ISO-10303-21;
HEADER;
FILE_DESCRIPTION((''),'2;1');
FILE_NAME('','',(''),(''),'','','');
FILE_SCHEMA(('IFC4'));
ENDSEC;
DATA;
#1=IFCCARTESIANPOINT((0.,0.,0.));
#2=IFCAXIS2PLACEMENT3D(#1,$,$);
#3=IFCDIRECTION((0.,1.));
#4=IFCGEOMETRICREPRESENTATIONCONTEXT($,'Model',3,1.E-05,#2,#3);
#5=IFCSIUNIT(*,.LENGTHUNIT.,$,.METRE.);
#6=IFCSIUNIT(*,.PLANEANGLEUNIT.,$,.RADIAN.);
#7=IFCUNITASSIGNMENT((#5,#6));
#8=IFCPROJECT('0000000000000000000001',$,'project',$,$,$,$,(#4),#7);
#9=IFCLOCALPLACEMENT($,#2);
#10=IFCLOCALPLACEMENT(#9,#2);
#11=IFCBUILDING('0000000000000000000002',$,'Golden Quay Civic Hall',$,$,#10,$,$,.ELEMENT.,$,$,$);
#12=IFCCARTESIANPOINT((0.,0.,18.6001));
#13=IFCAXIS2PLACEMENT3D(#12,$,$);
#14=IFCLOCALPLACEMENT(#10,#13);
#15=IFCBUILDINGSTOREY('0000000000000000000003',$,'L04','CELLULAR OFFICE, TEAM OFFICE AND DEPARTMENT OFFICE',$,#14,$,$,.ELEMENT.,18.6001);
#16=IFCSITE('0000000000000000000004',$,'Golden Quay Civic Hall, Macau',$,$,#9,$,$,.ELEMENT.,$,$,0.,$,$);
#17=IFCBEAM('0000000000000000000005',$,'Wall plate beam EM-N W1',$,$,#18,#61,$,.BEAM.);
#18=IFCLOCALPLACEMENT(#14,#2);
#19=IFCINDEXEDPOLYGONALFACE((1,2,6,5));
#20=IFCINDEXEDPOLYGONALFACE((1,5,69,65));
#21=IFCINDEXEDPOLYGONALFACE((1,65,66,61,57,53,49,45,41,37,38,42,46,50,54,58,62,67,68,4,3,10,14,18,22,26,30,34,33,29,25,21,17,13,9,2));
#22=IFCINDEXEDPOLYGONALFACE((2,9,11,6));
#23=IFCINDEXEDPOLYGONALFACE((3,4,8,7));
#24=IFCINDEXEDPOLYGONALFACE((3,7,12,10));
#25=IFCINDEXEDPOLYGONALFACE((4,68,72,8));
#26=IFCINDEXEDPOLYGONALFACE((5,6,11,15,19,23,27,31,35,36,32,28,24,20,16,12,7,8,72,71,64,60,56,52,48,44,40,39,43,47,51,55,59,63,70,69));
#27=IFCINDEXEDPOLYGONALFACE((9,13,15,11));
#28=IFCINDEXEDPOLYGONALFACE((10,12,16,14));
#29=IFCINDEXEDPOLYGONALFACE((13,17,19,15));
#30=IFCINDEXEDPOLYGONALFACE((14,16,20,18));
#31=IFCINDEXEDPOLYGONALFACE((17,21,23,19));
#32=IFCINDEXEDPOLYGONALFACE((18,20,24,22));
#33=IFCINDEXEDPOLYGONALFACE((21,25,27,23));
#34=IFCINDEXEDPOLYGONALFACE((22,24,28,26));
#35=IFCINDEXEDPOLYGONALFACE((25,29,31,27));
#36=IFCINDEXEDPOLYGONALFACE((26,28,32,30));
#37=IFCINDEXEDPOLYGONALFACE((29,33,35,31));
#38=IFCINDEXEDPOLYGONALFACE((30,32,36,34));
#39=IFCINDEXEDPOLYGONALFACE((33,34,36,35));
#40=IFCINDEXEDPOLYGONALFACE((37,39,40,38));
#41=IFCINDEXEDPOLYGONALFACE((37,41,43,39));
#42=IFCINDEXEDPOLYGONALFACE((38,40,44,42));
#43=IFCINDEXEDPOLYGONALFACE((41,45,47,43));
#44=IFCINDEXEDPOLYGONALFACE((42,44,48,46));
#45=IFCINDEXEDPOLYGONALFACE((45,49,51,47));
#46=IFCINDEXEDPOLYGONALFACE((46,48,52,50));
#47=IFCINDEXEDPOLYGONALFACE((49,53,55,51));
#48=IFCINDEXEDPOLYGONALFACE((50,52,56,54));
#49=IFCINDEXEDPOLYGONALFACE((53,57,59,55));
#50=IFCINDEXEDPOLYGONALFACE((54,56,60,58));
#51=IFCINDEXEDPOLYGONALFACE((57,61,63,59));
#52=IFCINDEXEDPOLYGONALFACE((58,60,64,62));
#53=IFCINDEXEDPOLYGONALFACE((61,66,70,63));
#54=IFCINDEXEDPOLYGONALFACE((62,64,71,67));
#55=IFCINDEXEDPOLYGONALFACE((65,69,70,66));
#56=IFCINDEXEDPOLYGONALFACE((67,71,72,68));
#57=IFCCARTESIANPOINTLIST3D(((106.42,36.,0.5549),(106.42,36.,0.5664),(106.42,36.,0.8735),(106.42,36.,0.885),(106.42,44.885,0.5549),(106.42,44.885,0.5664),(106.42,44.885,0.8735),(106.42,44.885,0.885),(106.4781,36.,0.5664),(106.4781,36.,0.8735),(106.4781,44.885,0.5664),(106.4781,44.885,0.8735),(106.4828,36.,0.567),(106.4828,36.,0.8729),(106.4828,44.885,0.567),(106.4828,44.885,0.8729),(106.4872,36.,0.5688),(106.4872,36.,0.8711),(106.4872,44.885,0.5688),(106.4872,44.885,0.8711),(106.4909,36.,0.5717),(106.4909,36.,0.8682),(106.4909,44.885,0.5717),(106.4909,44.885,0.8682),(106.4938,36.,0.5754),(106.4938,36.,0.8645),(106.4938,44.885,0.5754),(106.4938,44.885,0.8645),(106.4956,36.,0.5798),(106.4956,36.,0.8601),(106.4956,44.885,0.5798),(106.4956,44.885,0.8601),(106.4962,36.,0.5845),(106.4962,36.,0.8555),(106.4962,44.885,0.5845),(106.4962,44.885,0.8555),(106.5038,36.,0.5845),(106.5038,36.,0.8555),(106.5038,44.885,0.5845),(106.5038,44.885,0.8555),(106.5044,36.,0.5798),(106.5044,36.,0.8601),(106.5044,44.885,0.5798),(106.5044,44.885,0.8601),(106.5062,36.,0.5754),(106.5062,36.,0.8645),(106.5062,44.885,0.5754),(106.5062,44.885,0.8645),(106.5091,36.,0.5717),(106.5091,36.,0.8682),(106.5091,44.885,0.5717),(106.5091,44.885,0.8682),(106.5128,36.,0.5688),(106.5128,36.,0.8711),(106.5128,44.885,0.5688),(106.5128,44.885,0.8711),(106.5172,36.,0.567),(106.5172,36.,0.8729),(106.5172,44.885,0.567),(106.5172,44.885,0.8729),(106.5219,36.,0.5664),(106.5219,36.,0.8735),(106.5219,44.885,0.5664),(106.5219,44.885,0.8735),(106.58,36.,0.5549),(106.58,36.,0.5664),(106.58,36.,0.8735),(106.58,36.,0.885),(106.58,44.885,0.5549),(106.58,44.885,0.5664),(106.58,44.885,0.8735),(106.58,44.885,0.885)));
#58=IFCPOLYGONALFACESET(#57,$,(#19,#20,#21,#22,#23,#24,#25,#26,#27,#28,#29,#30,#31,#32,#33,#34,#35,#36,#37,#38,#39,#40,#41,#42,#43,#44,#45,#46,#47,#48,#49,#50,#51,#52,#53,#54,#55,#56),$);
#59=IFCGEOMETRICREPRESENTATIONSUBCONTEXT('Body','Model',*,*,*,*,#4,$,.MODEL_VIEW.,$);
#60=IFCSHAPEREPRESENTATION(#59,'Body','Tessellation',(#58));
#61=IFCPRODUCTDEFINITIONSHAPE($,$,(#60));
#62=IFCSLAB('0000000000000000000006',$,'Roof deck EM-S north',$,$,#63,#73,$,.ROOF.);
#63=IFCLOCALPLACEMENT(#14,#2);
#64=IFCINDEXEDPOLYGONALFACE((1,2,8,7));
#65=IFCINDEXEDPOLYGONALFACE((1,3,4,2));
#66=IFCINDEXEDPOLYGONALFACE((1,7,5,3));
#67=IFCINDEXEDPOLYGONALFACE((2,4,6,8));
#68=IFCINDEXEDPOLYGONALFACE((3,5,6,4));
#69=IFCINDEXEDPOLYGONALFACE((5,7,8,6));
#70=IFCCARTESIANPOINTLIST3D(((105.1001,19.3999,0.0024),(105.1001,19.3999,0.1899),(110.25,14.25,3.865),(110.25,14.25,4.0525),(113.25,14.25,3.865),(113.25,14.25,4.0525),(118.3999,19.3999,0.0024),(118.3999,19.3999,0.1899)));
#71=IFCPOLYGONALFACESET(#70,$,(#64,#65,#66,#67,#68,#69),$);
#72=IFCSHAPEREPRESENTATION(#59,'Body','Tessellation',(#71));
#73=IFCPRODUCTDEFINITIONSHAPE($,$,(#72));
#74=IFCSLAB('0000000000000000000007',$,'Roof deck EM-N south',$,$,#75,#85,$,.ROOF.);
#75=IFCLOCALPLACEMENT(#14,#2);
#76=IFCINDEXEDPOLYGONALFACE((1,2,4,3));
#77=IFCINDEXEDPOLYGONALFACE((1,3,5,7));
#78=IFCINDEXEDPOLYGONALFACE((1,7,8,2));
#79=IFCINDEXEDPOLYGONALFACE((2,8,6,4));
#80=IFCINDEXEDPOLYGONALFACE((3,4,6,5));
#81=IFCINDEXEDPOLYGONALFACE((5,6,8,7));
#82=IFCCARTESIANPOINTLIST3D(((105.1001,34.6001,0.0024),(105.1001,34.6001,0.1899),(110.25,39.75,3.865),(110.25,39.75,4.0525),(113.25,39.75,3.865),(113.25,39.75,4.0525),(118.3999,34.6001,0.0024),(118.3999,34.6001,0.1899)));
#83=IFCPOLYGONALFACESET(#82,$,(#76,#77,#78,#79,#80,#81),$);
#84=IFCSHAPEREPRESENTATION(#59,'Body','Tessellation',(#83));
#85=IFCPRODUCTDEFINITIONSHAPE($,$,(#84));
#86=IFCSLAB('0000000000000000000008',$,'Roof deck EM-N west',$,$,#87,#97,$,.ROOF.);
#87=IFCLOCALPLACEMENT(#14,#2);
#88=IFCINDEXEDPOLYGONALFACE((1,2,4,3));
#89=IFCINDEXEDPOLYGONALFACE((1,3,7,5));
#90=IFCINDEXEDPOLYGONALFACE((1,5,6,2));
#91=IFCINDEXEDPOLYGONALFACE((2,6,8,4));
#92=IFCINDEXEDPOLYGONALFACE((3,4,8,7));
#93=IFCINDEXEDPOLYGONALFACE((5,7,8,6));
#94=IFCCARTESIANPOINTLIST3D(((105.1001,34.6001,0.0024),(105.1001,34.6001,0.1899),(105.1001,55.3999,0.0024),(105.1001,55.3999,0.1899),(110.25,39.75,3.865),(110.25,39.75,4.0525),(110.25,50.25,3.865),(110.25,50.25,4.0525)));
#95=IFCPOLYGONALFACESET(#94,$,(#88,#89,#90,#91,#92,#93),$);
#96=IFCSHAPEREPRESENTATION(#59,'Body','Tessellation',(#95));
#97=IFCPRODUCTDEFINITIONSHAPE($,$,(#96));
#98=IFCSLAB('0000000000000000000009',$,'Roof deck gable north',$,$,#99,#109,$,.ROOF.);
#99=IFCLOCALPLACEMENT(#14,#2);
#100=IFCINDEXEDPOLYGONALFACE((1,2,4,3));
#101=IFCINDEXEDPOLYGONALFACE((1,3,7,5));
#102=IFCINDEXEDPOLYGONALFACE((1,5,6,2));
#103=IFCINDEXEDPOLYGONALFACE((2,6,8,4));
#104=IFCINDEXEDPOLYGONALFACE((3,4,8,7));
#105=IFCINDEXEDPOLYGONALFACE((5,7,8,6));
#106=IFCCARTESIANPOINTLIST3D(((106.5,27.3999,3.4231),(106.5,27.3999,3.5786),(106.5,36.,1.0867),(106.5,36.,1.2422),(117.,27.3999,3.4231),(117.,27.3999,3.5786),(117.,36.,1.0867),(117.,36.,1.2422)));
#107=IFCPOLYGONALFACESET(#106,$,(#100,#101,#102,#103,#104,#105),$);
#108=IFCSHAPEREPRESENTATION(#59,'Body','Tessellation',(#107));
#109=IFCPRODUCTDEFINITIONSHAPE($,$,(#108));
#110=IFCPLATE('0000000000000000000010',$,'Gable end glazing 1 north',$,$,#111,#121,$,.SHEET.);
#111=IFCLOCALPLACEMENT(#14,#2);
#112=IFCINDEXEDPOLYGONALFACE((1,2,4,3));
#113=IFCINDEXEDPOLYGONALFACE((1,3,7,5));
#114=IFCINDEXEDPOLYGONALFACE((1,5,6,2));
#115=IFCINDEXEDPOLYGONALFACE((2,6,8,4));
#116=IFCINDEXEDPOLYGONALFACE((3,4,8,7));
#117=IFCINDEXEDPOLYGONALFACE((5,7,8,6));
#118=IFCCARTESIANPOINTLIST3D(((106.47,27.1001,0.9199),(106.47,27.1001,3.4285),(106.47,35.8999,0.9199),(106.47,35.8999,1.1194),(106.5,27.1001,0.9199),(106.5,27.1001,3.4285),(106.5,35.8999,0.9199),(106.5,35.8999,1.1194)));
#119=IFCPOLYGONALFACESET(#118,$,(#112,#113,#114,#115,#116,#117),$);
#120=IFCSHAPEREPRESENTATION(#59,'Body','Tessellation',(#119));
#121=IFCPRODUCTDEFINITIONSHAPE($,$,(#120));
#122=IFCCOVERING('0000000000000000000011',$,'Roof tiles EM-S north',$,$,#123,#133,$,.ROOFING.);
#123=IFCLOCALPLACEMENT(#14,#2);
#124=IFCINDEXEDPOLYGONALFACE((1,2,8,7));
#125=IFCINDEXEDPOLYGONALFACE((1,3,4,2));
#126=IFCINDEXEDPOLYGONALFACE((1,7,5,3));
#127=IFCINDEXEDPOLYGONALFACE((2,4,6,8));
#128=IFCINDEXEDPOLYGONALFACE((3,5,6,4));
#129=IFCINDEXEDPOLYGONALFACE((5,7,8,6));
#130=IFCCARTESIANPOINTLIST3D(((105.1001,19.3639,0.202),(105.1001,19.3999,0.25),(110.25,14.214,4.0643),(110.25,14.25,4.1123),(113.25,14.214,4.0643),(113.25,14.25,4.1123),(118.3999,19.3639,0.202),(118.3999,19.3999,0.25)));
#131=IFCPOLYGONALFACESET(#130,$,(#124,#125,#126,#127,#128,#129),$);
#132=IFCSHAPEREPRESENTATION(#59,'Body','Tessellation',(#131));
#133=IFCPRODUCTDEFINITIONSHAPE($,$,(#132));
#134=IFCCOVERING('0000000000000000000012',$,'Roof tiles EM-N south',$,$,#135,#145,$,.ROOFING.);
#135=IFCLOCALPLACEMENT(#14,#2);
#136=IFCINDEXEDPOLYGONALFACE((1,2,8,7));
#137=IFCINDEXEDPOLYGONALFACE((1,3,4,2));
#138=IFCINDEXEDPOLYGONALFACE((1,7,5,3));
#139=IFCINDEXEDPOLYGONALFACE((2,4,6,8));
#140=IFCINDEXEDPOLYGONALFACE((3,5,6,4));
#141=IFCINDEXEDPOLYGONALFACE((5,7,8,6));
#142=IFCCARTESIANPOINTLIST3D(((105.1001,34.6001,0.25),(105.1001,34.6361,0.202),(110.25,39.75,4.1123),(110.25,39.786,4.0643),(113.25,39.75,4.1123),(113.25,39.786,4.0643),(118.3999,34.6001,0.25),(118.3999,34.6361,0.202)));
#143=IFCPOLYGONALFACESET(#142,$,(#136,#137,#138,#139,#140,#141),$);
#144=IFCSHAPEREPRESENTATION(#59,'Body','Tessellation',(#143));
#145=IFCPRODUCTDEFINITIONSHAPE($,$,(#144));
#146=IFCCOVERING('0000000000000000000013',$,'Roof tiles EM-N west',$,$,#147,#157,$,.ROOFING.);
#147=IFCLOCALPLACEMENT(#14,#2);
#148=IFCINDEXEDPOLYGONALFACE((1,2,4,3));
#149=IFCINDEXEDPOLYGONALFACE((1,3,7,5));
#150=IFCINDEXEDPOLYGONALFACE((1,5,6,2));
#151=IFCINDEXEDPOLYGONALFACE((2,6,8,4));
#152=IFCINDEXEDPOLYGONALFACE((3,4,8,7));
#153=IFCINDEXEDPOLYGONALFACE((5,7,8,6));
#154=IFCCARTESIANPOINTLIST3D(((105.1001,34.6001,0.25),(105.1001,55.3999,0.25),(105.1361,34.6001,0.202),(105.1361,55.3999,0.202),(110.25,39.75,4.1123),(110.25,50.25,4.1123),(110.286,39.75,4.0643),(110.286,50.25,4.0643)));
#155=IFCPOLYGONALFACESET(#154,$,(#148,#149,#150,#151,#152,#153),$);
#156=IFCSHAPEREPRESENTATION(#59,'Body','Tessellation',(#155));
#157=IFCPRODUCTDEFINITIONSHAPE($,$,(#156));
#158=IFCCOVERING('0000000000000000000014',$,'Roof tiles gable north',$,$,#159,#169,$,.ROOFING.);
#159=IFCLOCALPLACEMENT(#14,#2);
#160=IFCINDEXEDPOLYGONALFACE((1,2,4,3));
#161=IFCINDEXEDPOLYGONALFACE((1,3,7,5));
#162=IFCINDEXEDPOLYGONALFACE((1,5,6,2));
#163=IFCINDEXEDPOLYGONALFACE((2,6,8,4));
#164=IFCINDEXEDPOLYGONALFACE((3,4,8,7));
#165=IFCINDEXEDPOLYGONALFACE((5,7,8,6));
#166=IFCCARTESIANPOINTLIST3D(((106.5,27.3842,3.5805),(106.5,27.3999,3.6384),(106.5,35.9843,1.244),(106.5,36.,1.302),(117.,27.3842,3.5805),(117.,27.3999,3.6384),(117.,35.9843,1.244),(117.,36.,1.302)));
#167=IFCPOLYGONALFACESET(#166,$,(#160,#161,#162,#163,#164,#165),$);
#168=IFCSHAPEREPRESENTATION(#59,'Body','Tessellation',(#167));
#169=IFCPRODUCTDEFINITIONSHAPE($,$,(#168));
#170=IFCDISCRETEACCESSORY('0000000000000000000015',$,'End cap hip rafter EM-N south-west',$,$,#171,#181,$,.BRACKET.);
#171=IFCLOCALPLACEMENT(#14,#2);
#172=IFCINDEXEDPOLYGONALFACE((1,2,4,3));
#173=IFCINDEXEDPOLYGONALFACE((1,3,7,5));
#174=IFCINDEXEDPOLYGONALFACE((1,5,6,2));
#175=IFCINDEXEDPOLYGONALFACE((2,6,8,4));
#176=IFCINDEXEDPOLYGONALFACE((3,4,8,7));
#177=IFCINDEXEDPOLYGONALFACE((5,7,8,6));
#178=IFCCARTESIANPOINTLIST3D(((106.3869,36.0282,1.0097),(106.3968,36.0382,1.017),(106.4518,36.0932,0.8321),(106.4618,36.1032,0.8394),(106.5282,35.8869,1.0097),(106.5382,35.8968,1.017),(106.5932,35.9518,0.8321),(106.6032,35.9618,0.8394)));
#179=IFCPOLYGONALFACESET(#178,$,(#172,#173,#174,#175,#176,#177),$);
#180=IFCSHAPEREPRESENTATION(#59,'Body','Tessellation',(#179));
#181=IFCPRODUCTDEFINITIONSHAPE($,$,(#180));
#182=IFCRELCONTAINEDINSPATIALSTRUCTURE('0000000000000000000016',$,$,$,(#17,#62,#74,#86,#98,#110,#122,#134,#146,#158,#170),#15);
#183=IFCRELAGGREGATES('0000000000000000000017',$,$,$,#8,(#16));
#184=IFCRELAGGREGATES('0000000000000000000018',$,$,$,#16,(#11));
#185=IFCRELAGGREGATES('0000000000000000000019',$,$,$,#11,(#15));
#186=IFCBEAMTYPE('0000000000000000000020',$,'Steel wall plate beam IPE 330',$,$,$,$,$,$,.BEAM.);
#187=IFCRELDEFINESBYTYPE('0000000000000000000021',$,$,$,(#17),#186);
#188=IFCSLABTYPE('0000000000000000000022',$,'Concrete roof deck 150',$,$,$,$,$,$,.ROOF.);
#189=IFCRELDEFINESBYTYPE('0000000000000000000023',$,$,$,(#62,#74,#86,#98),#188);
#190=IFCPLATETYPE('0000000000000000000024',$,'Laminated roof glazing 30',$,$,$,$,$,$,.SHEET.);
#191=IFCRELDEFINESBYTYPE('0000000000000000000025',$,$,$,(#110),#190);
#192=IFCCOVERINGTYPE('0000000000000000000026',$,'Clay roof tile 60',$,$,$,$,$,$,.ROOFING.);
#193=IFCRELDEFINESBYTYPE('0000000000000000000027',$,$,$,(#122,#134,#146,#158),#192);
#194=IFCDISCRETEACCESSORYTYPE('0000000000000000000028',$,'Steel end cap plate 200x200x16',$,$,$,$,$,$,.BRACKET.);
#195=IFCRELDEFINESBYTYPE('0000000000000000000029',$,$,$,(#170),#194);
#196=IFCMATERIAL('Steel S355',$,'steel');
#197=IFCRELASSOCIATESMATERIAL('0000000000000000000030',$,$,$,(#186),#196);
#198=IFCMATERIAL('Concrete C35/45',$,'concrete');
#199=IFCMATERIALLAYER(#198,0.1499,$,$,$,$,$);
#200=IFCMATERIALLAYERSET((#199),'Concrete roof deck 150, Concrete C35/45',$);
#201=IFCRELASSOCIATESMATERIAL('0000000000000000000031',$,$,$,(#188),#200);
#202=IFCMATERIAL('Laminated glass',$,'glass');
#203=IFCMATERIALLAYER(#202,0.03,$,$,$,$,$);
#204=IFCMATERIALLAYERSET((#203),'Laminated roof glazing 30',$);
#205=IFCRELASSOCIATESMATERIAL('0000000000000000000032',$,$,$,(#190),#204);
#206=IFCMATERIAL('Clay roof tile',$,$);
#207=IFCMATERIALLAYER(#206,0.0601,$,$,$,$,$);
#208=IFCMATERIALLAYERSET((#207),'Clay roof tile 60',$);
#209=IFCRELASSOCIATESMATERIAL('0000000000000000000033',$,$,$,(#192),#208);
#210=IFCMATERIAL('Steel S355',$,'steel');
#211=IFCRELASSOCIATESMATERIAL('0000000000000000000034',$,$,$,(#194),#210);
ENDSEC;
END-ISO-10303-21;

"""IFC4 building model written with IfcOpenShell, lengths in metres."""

from ifc_helpers import new_model, si_unit, direction, frame, origin, origin_2d, place, context, subcontext, project, spatial, polyline, rectangle, i_section, outline, extrude, material, layer, layer_set, material_profile, profile_set, type_object, element, save


model = new_model("IFC4")

# Units and contexts
model_context = context("Model", 3, precision=1e-05, world=origin(), true_north=direction((0.0, 1.0)))
body_context = subcontext(model_context, "Body", "Model", "MODEL_VIEW")
ifc_project = project(units=[si_unit("LENGTHUNIT", "METRE"), si_unit("PLANEANGLEUNIT", "RADIAN")], contexts=[model_context])

# Site, building, storey
site_placement = place(None, origin())
site = spatial("IfcSite", under=ifc_project, at=site_placement, Name="Golden Quay Civic Hall, Macau", CompositionType="ELEMENT", RefElevation=0.0)
building_placement = place(site_placement, origin())
building = spatial("IfcBuilding", under=site, at=building_placement, Name="Golden Quay Civic Hall", CompositionType="ELEMENT")
storey_placement = place(building_placement, frame((0.0, 0.0, 18.6001)))
storey = spatial("IfcBuildingStorey", under=building, at=storey_placement, Name="L04", Description="CELLULAR OFFICE, TEAM OFFICE AND DEPARTMENT OFFICE", CompositionType="ELEMENT", Elevation=18.6001)

# Beam
ifc_material_1 = material(Name="Steel S355", Category="steel")
ifc_material_profile_1 = material_profile(ifc_material_1, i_section(OverallWidth=0.1599, OverallDepth=0.3301, WebThickness=0.0076, FlangeThickness=0.0115, FilletRadius=0.0181, at=origin_2d()), Name="IPE 330")
ifc_profile_set_1 = profile_set([ifc_material_profile_1], Name="Steel S355")
beam_type_1 = type_object("IfcBeamType", Name="Steel wall plate beam IPE 330", PredefinedType="BEAM", material=ifc_profile_set_1)
beam_1_placement = place(storey_placement, frame((106.5, 36.0, 0.72), z_axis=(0.0, 1.0, 0.0), x_axis=(-1.0, 0.0, 0.0)))
element("IfcBeam", 1, at=beam_1_placement, inside=storey, type_object=beam_type_1, Name="Wall plate beam EM-N W1", PredefinedType="BEAM", context=body_context, shape_type="SweptSolid", body=[
    extrude(i_section(OverallWidth=0.1599, OverallDepth=0.3301, WebThickness=0.0076, FlangeThickness=0.0115, FilletRadius=0.0181, at=origin_2d()), origin(), (0.0, 0.0, 1.0), 8.885),
])

# Slabs
ifc_material_2 = material(Name="Concrete C35/45", Category="concrete")
ifc_layer_1 = layer(ifc_material_2, 0.1499)
ifc_layer_set_1 = layer_set([ifc_layer_1], Name="Concrete roof deck 150, Concrete C35/45")
slab_type = type_object("IfcSlabType", Name="Concrete roof deck 150", PredefinedType="ROOF", material=ifc_layer_set_1)
slab_1_placement = place(storey_placement, frame((105.1001, 19.3999, 0.1899), z_axis=(0.0, 0.600012, 0.799991), x_axis=(1.0, 0.0, 0.0)))
element("IfcSlab", 2, at=slab_1_placement, inside=storey, type_object=slab_type, Name="Roof deck EM-S north", PredefinedType="ROOF", context=body_context, shape_type="SweptSolid", body=[
    extrude(outline(polyline([(0.0, 0.0), (13.2998, 0.0), (8.1499, -6.4375), (5.1499, -6.4375), (0.0, 0.0)])), origin(), (0.0, 0.600012, -0.799991), 0.1875),
])
slab_2_placement = place(storey_placement, frame((105.1001, 34.6001, 0.1899), z_axis=(0.0, -0.600012, 0.799991), x_axis=(1.0, 0.0, 0.0)))
element("IfcSlab", 3, at=slab_2_placement, inside=storey, type_object=slab_type, Name="Roof deck EM-N south", PredefinedType="ROOF", context=body_context, shape_type="SweptSolid", body=[
    extrude(outline(polyline([(0.0, 0.0), (13.2998, 0.0), (8.1499, 6.4375), (5.1499, 6.4375), (0.0, 0.0)])), origin(), (0.0, -0.600012, -0.799991), 0.1875),
])
slab_3_placement = place(storey_placement, frame((105.1001, 34.6001, 0.1899), z_axis=(-0.600012, 0.0, 0.799991), x_axis=(0.0, 1.0, 0.0)))
element("IfcSlab", 4, at=slab_3_placement, inside=storey, type_object=slab_type, Name="Roof deck EM-N west", PredefinedType="ROOF", context=body_context, shape_type="SweptSolid", body=[
    extrude(outline(polyline([(0.0, 0.0), (20.7998, 0.0), (15.6499, -6.4375), (5.1499, -6.4375), (0.0, 0.0)])), origin(), (0.0, 0.600012, -0.799991), 0.1875),
])
slab_4_placement = place(storey_placement, frame((106.5, 27.3999, 3.5786), z_axis=(0.0, 0.262172, 0.965021), x_axis=(1.0, 0.0, 0.0)))
element("IfcSlab", 5, at=slab_4_placement, inside=storey, type_object=slab_type, Name="Roof deck gable north", PredefinedType="ROOF", context=body_context, shape_type="SweptSolid", body=[
    extrude(outline(polyline([(0.0, 0.0), (10.5, 0.0), (10.5, 8.9118), (0.0, 8.9118), (0.0, 0.0)])), origin(), (0.0, 0.262172, -0.965021), 0.1555),
])

# Plate
ifc_material_3 = material(Name="Laminated glass", Category="glass")
ifc_layer_2 = layer(ifc_material_3, 0.03)
ifc_layer_set_2 = layer_set([ifc_layer_2], Name="Laminated roof glazing 30")
plate_type = type_object("IfcPlateType", Name="Laminated roof glazing 30", PredefinedType="SHEET", material=ifc_layer_set_2)
plate_placement = place(storey_placement, frame((106.5, 27.1001, 0.9199), z_axis=(1.0, 0.0, 0.0), x_axis=(0.0, 1.0, 0.0)))
element("IfcPlate", 6, at=plate_placement, inside=storey, type_object=plate_type, Name="Gable end glazing 1 north", PredefinedType="SHEET", context=body_context, shape_type="SweptSolid", body=[
    extrude(outline(polyline([(0.0, 0.0), (8.7998, 0.0), (8.7998, 0.1995), (0.0, 2.5085), (0.0, 0.0)])), origin(), (0.0, 0.0, -1.0), 0.03),
])

# Coverings
ifc_material_4 = material(Name="Clay roof tile")
ifc_layer_3 = layer(ifc_material_4, 0.0601)
ifc_layer_set_3 = layer_set([ifc_layer_3], Name="Clay roof tile 60")
covering_type = type_object("IfcCoveringType", Name="Clay roof tile 60", PredefinedType="ROOFING", material=ifc_layer_set_3)
covering_1_placement = place(storey_placement, frame((105.1001, 19.3999, 0.25), z_axis=(0.0, 0.599988, 0.800009), x_axis=(1.0, 0.0, 0.0)))
element("IfcCovering", 7, at=covering_1_placement, inside=storey, type_object=covering_type, Name="Roof tiles EM-S north", PredefinedType="ROOFING", context=body_context, shape_type="SweptSolid", body=[
    extrude(outline(polyline([(0.0, 0.0), (13.2998, 0.0), (8.1499, -6.4373), (5.1499, -6.4373), (0.0, 0.0)])), origin(), (0.0, 0.0, -1.0), 0.0601),
])
covering_2_placement = place(storey_placement, frame((105.1001, 34.6001, 0.25), z_axis=(0.0, -0.599988, 0.800009), x_axis=(1.0, 0.0, 0.0)))
element("IfcCovering", 8, at=covering_2_placement, inside=storey, type_object=covering_type, Name="Roof tiles EM-N south", PredefinedType="ROOFING", context=body_context, shape_type="SweptSolid", body=[
    extrude(outline(polyline([(0.0, 0.0), (13.2998, 0.0), (8.1499, 6.4373), (5.1499, 6.4373), (0.0, 0.0)])), origin(), (0.0, 0.0, -1.0), 0.0601),
])
covering_3_placement = place(storey_placement, frame((105.1001, 34.6001, 0.25), z_axis=(-0.599988, 0.0, 0.800009), x_axis=(0.0, 1.0, 0.0)))
element("IfcCovering", 9, at=covering_3_placement, inside=storey, type_object=covering_type, Name="Roof tiles EM-N west", PredefinedType="ROOFING", context=body_context, shape_type="SweptSolid", body=[
    extrude(outline(polyline([(0.0, 0.0), (20.7998, 0.0), (15.6499, -6.4373), (5.1499, -6.4373), (0.0, 0.0)])), origin(), (0.0, 0.0, -1.0), 0.0601),
])
covering_4_placement = place(storey_placement, frame((106.5, 27.3999, 3.6384), z_axis=(0.0, 0.262172, 0.965021), x_axis=(1.0, 0.0, 0.0)))
element("IfcCovering", 10, at=covering_4_placement, inside=storey, type_object=covering_type, Name="Roof tiles gable north", PredefinedType="ROOFING", context=body_context, shape_type="SweptSolid", body=[
    extrude(outline(polyline([(0.0, 0.0), (10.5, 0.0), (10.5, 8.9118), (0.0, 8.9118), (0.0, 0.0)])), origin(), (0.0, 0.0, -1.0), 0.0601),
])

# Discrete accessory
ifc_material_5 = material(Name="Steel S355", Category="steel")
ifc_material_profile_2 = material_profile(ifc_material_5, rectangle(XDim=0.2, YDim=0.2, at=origin_2d()), Name="Steel end cap plate 200x200x16")
ifc_profile_set_2 = profile_set([ifc_material_profile_2], Name="Steel S355")
discrete_accessory_type = type_object("IfcDiscreteAccessoryType", Name="Steel end cap plate 200x200x16", PredefinedType="BRACKET", material=ifc_profile_set_2)
discrete_accessory_placement = place(storey_placement, frame((106.5, 36.0, 0.9282), z_axis=(-0.628025, -0.628025, -0.459531), x_axis=(0.707107, -0.707107, 0.0)))
element("IfcDiscreteAccessory", 11, at=discrete_accessory_placement, inside=storey, type_object=discrete_accessory_type, Name="End cap hip rafter EM-N south-west", PredefinedType="BRACKET", context=body_context, shape_type="SweptSolid", body=[
    extrude(rectangle(XDim=0.2, YDim=0.2, at=origin_2d()), origin(), (0.0, 0.0, 1.0), 0.0159),
])

save(model, "model.ifc")
